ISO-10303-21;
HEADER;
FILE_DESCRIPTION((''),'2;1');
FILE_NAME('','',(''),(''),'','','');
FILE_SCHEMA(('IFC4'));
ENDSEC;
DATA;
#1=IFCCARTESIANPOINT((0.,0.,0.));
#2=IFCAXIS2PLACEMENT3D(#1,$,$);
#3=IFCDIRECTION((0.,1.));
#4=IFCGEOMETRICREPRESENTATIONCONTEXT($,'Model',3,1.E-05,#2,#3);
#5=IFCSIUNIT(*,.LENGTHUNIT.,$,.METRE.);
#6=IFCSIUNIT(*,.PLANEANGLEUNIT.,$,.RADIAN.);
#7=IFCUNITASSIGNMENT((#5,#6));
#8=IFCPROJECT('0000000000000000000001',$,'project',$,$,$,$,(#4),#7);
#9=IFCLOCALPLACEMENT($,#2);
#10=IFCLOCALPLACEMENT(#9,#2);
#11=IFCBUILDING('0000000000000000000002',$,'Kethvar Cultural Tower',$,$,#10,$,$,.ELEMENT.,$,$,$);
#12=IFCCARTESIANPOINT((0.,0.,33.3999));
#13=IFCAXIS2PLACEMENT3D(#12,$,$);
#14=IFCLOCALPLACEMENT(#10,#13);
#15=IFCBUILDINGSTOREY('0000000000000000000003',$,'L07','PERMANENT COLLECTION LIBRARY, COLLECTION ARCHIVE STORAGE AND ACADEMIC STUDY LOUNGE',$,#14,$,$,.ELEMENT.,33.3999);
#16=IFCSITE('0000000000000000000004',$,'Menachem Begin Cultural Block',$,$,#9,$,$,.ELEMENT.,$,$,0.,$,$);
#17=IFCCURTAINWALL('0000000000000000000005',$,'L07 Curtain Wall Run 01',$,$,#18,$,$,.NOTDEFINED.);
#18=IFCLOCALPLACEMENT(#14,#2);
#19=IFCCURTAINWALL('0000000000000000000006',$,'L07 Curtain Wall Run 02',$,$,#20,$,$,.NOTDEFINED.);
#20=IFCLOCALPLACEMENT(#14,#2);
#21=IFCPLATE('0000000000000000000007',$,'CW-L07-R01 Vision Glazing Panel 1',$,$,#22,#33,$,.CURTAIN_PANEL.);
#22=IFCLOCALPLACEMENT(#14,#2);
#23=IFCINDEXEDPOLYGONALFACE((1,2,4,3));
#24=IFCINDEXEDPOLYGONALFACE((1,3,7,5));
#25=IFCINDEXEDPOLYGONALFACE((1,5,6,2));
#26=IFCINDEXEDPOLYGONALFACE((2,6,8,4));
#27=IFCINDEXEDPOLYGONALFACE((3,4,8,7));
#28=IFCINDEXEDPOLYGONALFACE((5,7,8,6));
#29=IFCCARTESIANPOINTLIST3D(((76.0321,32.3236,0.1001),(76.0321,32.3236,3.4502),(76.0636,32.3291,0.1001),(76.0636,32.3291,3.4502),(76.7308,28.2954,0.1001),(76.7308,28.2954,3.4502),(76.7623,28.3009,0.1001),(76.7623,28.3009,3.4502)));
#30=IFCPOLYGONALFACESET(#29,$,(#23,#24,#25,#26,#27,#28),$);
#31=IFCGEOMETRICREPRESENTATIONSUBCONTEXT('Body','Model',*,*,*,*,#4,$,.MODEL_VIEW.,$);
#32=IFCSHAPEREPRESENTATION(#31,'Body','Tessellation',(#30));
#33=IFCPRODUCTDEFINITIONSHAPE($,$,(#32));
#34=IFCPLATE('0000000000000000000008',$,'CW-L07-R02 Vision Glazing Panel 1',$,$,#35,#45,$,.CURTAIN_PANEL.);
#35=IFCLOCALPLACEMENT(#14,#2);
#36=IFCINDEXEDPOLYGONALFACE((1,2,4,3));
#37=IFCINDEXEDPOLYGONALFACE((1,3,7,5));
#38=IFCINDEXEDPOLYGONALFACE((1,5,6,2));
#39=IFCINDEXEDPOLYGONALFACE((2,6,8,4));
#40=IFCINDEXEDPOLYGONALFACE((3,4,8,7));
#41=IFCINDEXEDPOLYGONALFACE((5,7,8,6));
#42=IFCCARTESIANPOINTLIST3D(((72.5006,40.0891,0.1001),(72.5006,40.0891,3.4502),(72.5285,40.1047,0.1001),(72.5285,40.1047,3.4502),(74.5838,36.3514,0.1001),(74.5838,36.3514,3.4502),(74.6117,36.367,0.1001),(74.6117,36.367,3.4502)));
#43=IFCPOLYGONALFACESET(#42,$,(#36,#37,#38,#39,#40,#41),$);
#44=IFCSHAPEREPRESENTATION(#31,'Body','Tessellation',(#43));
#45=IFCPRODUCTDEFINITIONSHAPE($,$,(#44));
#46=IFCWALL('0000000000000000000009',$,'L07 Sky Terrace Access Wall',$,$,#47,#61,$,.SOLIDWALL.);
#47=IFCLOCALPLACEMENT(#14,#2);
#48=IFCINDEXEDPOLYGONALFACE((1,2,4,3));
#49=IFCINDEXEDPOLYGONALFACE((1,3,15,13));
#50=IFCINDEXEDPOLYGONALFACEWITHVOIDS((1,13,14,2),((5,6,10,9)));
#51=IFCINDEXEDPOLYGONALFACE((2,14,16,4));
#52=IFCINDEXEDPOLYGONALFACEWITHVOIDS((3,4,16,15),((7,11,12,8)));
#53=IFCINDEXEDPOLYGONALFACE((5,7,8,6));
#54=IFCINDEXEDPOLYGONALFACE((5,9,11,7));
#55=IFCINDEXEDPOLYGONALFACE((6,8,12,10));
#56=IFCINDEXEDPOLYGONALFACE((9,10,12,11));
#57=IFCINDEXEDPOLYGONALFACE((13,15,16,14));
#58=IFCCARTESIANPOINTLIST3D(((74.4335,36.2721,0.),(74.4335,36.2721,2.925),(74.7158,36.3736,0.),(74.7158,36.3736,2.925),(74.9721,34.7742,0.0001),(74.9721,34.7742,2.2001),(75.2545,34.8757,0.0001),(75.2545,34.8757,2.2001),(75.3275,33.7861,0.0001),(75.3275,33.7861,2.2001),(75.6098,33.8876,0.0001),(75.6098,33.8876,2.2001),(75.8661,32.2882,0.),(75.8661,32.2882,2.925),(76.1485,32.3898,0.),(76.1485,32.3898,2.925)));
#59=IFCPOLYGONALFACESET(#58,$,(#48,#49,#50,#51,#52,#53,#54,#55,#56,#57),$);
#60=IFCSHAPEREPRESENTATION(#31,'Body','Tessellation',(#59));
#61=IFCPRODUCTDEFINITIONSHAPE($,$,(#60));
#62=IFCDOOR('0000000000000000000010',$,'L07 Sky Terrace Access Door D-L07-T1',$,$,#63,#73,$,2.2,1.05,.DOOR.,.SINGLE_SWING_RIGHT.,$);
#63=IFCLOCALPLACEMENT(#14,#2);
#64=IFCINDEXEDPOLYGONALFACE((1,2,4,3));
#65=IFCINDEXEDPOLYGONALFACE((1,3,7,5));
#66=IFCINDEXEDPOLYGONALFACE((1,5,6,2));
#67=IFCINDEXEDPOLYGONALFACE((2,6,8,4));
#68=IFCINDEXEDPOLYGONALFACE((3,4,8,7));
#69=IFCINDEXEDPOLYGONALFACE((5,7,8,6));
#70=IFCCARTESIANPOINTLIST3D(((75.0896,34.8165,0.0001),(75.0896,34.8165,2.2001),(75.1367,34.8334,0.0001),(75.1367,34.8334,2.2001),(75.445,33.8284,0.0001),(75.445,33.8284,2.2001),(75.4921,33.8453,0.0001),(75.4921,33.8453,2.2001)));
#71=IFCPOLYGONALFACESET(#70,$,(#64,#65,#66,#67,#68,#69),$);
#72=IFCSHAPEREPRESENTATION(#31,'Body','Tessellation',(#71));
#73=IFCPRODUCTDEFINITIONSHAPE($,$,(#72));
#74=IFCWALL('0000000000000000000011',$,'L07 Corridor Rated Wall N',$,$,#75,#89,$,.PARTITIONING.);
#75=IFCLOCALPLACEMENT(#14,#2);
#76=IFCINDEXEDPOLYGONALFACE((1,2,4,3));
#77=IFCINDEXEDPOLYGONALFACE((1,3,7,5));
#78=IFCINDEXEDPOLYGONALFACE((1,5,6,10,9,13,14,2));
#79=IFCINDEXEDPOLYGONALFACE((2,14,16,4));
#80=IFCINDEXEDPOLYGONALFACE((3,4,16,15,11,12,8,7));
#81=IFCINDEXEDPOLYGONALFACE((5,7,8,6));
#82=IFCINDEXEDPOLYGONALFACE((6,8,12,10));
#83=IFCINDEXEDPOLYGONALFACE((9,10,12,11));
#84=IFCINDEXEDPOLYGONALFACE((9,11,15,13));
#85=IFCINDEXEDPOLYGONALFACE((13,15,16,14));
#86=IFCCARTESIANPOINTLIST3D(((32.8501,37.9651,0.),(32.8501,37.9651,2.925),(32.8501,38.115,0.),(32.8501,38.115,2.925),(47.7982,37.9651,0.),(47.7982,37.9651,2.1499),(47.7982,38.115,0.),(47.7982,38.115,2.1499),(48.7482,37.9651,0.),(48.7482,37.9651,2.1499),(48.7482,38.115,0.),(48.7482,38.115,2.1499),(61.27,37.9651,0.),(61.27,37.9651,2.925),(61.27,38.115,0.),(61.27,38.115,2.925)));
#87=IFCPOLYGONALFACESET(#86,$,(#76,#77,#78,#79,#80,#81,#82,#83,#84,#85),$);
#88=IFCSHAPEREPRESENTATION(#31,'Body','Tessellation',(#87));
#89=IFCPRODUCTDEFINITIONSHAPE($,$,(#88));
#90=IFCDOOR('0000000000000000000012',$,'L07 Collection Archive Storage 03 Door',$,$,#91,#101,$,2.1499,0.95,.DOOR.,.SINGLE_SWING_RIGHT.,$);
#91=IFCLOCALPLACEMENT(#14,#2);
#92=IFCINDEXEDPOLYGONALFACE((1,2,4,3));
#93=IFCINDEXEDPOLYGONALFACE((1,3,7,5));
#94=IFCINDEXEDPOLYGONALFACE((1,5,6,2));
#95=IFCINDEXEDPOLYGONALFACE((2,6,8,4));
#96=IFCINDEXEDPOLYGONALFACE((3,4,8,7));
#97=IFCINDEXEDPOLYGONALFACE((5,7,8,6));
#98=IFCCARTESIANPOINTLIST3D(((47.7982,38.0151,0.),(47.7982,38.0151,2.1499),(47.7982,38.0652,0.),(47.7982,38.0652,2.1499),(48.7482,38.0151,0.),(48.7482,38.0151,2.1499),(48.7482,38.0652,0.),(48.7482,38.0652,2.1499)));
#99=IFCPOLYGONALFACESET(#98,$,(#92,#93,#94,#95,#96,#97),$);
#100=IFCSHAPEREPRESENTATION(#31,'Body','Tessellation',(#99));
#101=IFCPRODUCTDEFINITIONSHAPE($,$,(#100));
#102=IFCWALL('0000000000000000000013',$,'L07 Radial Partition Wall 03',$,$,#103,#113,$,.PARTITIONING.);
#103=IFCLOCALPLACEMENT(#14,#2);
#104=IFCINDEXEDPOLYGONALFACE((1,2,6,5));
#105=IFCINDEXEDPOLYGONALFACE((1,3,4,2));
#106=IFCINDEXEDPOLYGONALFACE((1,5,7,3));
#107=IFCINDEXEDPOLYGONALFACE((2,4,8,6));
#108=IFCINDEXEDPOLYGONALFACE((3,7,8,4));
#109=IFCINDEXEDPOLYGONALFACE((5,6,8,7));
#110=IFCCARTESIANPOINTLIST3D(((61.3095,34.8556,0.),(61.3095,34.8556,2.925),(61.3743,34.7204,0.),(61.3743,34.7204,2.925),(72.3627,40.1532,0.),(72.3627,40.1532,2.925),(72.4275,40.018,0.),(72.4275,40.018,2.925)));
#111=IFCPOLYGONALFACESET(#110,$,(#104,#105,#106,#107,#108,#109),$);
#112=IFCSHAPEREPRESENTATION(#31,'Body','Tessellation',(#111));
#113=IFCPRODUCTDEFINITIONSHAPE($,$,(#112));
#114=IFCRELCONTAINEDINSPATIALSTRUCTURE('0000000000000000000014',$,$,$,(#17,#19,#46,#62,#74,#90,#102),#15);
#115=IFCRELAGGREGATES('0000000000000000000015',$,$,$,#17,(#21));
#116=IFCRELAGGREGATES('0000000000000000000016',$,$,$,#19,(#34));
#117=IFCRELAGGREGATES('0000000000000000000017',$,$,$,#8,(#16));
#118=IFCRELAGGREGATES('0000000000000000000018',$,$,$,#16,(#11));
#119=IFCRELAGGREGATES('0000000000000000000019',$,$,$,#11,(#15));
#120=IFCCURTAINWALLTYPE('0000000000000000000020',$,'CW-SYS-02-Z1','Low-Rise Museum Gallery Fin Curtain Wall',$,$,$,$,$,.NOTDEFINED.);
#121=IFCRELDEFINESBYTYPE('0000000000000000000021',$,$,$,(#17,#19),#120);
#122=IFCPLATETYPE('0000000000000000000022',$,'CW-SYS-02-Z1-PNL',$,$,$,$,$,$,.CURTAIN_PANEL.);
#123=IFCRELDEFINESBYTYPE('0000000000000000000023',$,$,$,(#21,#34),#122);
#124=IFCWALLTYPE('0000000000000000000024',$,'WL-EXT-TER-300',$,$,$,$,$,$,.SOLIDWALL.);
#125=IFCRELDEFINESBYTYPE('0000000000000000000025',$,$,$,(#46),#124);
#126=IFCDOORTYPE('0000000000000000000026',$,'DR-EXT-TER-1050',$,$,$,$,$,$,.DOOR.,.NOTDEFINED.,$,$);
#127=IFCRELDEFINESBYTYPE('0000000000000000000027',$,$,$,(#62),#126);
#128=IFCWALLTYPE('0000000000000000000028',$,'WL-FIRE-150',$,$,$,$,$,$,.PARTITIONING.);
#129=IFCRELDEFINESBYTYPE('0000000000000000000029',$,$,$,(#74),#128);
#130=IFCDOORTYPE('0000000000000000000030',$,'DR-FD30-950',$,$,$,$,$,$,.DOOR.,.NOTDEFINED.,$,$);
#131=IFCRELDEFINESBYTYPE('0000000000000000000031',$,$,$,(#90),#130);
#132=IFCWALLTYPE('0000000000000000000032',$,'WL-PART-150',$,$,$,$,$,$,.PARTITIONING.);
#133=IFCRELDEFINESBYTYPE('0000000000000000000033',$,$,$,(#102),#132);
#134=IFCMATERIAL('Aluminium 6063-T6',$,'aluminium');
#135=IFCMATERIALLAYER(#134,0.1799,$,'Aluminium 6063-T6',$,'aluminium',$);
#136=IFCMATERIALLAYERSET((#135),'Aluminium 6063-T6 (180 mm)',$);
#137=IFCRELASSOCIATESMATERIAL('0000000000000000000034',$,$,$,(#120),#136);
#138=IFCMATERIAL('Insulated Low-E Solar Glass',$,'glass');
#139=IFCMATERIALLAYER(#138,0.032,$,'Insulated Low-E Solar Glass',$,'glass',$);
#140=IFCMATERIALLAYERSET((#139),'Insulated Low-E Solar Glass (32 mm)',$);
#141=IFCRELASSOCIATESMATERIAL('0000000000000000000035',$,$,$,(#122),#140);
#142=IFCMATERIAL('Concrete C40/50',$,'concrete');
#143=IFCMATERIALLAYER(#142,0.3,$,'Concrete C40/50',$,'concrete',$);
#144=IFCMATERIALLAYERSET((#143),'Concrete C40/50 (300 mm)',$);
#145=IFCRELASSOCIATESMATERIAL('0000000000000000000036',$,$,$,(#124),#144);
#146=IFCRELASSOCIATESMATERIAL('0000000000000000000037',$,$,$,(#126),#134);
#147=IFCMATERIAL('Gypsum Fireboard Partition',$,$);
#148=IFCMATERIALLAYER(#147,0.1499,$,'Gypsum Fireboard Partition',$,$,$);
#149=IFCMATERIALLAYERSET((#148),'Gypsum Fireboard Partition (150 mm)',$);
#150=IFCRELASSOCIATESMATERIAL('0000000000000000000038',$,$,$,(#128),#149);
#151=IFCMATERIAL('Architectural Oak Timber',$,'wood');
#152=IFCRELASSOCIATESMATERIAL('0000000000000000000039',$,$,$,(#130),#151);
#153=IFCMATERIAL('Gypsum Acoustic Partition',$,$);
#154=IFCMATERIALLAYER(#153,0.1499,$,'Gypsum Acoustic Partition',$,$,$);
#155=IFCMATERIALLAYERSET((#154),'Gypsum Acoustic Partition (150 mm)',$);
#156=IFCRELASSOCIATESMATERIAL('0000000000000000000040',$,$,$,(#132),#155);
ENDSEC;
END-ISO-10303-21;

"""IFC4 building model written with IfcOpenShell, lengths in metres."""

from ifc_helpers import new_model, si_unit, direction, frame, frame_2d, origin, origin_2d, place, context, subcontext, project, spatial, rectangle, extrude, source, transform, mapped, material, layer, layer_set, type_object, element, fill, aggregate, save


model = new_model("IFC4")

# Units and contexts
model_context = context("Model", 3, precision=1e-05, world=origin(), true_north=direction((0.0, 1.0)))
body_context = subcontext(model_context, "Body", "Model", "MODEL_VIEW")
ifc_project = project(units=[si_unit("LENGTHUNIT", "METRE"), si_unit("PLANEANGLEUNIT", "RADIAN")], contexts=[model_context])

# Site, building, storey
site_placement = place(None, origin())
site = spatial("IfcSite", under=ifc_project, at=site_placement, Name="Menachem Begin Cultural Block", CompositionType="ELEMENT", RefElevation=0.0)
building_placement = place(site_placement, origin())
building = spatial("IfcBuilding", under=site, at=building_placement, Name="Kethvar Cultural Tower", CompositionType="ELEMENT")
storey_placement = place(building_placement, frame((0.0, 0.0, 33.3999)))
storey = spatial("IfcBuildingStorey", under=building, at=storey_placement, Name="L07", Description="PERMANENT COLLECTION LIBRARY, COLLECTION ARCHIVE STORAGE AND ACADEMIC STUDY LOUNGE", CompositionType="ELEMENT", Elevation=33.3999)

# Curtain walls
ifc_material_1 = material(Name="Aluminium 6063-T6", Category="aluminium")
ifc_layer_1 = layer(ifc_material_1, 0.1799, Name="Aluminium 6063-T6", Category="aluminium")
ifc_layer_set_1 = layer_set([ifc_layer_1], Name="Aluminium 6063-T6 (180 mm)")
curtain_wall_type = type_object("IfcCurtainWallType", Name="CW-SYS-02-Z1", Description="Low-Rise Museum Gallery Fin Curtain Wall", PredefinedType="NOTDEFINED", material=ifc_layer_set_1)
curtain_wall_1_placement = place(storey_placement, origin())
curtain_wall_1 = element("IfcCurtainWall", 1, at=curtain_wall_1_placement, inside=storey, type_object=curtain_wall_type, Name="L07 Curtain Wall Run 01", PredefinedType="NOTDEFINED")
curtain_wall_2_placement = place(storey_placement, origin())
curtain_wall_2 = element("IfcCurtainWall", 2, at=curtain_wall_2_placement, inside=storey, type_object=curtain_wall_type, Name="L07 Curtain Wall Run 02", PredefinedType="NOTDEFINED")

# Plates
ifc_material_2 = material(Name="Insulated Low-E Solar Glass", Category="glass")
ifc_layer_2 = layer(ifc_material_2, 0.032, Name="Insulated Low-E Solar Glass", Category="glass")
ifc_layer_set_2 = layer_set([ifc_layer_2], Name="Insulated Low-E Solar Glass (32 mm)")
plate_type = type_object("IfcPlateType", Name="CW-SYS-02-Z1-PNL", PredefinedType="CURTAIN_PANEL", material=ifc_layer_set_2)
shared_shape_1 = source(origin(), body_context, "Body", "SweptSolid", [
    extrude(rectangle(XDim=4.0884, YDim=0.032, at=origin_2d()), origin(), (0.0, 0.0, 1.0), 3.3501),
])
plate_1_placement = place(storey_placement, frame((76.3972, 30.3123, 0.1001), z_axis=(0.0, 0.0, 1.0), x_axis=(-0.170897, 0.985289, 0.0)))
plate_1 = element("IfcPlate", 3, at=plate_1_placement, type_object=plate_type, Name="CW-L07-R01 Vision Glazing Panel 1", PredefinedType="CURTAIN_PANEL", context=body_context, shape_type="MappedRepresentation", body=[
    mapped(shared_shape_1, transform((0.0, 0.0, 0.0), scale=1.0)),
])
aggregate(curtain_wall_1, [plate_1])
shared_shape_2 = source(origin(), body_context, "Body", "SweptSolid", [
    extrude(rectangle(XDim=4.2791, YDim=0.032, at=origin_2d()), origin(), (0.0, 0.0, 1.0), 3.3501),
])
plate_2_placement = place(storey_placement, frame((73.5562, 38.228, 0.1001), z_axis=(0.0, 0.0, 1.0), x_axis=(-0.486839, 0.873492, 0.0)))
plate_2 = element("IfcPlate", 4, at=plate_2_placement, type_object=plate_type, Name="CW-L07-R02 Vision Glazing Panel 1", PredefinedType="CURTAIN_PANEL", context=body_context, shape_type="MappedRepresentation", body=[
    mapped(shared_shape_2, transform((0.0, 0.0, 0.0), scale=1.0)),
])
aggregate(curtain_wall_2, [plate_2])

# Walls, openings, doors
ifc_material_3 = material(Name="Concrete C40/50", Category="concrete")
ifc_layer_3 = layer(ifc_material_3, 0.3, Name="Concrete C40/50", Category="concrete")
ifc_layer_set_3 = layer_set([ifc_layer_3], Name="Concrete C40/50 (300 mm)")
wall_type_1 = type_object("IfcWallType", Name="WL-EXT-TER-300", PredefinedType="SOLIDWALL", material=ifc_layer_set_3)
wall_1_placement = place(storey_placement, frame((74.5747, 36.3228, 0.0), z_axis=(0.0, 0.0, 1.0), x_axis=(0.338389, -0.941006, 0.0)))
wall_1 = element("IfcWall", 5, at=wall_1_placement, inside=storey, type_object=wall_type_1, Name="L07 Sky Terrace Access Wall", PredefinedType="SOLIDWALL", context=body_context, shape_type="SweptSolid", body=[
    extrude(rectangle(XDim=4.2336, YDim=0.3, at=frame_2d((2.1167, 0.0))), origin(), (0.0, 0.0, 1.0), 2.925),
])
opening_1_placement = place(wall_1_placement, frame((1.5918, 0.0, 0.0)))
opening_1 = element("IfcOpeningElement", 6, at=opening_1_placement, cuts=wall_1, PredefinedType="OPENING", context=body_context, shape_type="SweptSolid", body=[
    extrude(rectangle(XDim=1.05, YDim=2.2, at=frame_2d((0.5249, 1.1001))), frame((0.0, 0.1599, 0.0), z_axis=(0.0, -1.0, 0.0), x_axis=(1.0, 0.0, 0.0)), (0.0, 0.0, 1.0), 0.3201),
])
door_type_1 = type_object("IfcDoorType", Name="DR-EXT-TER-1050", OperationType="NOTDEFINED", PredefinedType="DOOR", material=ifc_material_1)
shared_shape_3 = source(origin(), body_context, "Body", "SweptSolid", [
    extrude(rectangle(XDim=1.05, YDim=2.2, at=frame_2d((0.5249, 1.1001))), frame((0.0, 0.0249, 0.0), z_axis=(0.0, -1.0, 0.0), x_axis=(1.0, 0.0, 0.0)), (0.0, 0.0, 1.0), 0.05),
])
door_1_placement = place(opening_1_placement, origin())
door_1 = element("IfcDoor", 7, at=door_1_placement, inside=storey, type_object=door_type_1, Name="L07 Sky Terrace Access Door D-L07-T1", OperationType="SINGLE_SWING_RIGHT", OverallHeight=2.2, OverallWidth=1.05, PredefinedType="DOOR", context=body_context, shape_type="MappedRepresentation", body=[
    mapped(shared_shape_3, transform((0.0, 0.0, 0.0), scale=1.0)),
])
fill(opening_1, door_1)
ifc_material_4 = material(Name="Gypsum Fireboard Partition")
ifc_layer_4 = layer(ifc_material_4, 0.1499, Name="Gypsum Fireboard Partition")
ifc_layer_set_4 = layer_set([ifc_layer_4], Name="Gypsum Fireboard Partition (150 mm)")
wall_type_2 = type_object("IfcWallType", Name="WL-FIRE-150", PredefinedType="PARTITIONING", material=ifc_layer_set_4)
wall_2_placement = place(storey_placement, frame((61.27, 38.04, 0.0), z_axis=(0.0, 0.0, 1.0), x_axis=(-1.0, 0.0, 0.0)))
wall_2 = element("IfcWall", 8, at=wall_2_placement, inside=storey, type_object=wall_type_2, Name="L07 Corridor Rated Wall N", PredefinedType="PARTITIONING", context=body_context, shape_type="SweptSolid", body=[
    extrude(rectangle(XDim=28.4199, YDim=0.1499, at=frame_2d((14.21, 0.0))), origin(), (0.0, 0.0, 1.0), 2.925),
])
opening_2_placement = place(wall_2_placement, frame((12.5217, 0.0, 0.0)))
opening_2 = element("IfcOpeningElement", 9, at=opening_2_placement, cuts=wall_2, PredefinedType="OPENING", context=body_context, shape_type="SweptSolid", body=[
    extrude(rectangle(XDim=0.95, YDim=2.1499, at=frame_2d((0.4751, 1.075))), frame((0.0, 0.085, 0.0), z_axis=(0.0, -1.0, 0.0), x_axis=(1.0, 0.0, 0.0)), (0.0, 0.0, 1.0), 0.1699),
])
ifc_material_5 = material(Name="Architectural Oak Timber", Category="wood")
door_type_2 = type_object("IfcDoorType", Name="DR-FD30-950", OperationType="NOTDEFINED", PredefinedType="DOOR", material=ifc_material_5)
shared_shape_4 = source(origin(), body_context, "Body", "SweptSolid", [
    extrude(rectangle(XDim=0.95, YDim=2.1499, at=frame_2d((0.4751, 1.075))), frame((0.0, 0.0249, 0.0), z_axis=(0.0, -1.0, 0.0), x_axis=(1.0, 0.0, 0.0)), (0.0, 0.0, 1.0), 0.05),
])
door_2_placement = place(opening_2_placement, origin())
door_2 = element("IfcDoor", 10, at=door_2_placement, inside=storey, type_object=door_type_2, Name="L07 Collection Archive Storage 03 Door", OperationType="SINGLE_SWING_RIGHT", OverallHeight=2.1499, OverallWidth=0.95, PredefinedType="DOOR", context=body_context, shape_type="MappedRepresentation", body=[
    mapped(shared_shape_4, transform((0.0, 0.0, 0.0), scale=1.0)),
])
fill(opening_2, door_2)

# Wall
ifc_material_6 = material(Name="Gypsum Acoustic Partition")
ifc_layer_5 = layer(ifc_material_6, 0.1499, Name="Gypsum Acoustic Partition")
ifc_layer_set_5 = layer_set([ifc_layer_5], Name="Gypsum Acoustic Partition (150 mm)")
wall_type_3 = type_object("IfcWallType", Name="WL-PART-150", PredefinedType="PARTITIONING", material=ifc_layer_set_5)
wall_3_placement = place(storey_placement, frame((61.342, 34.7881, 0.0), z_axis=(0.0, 0.0, 1.0), x_axis=(0.901776, 0.432205, 0.0)))
element("IfcWall", 11, at=wall_3_placement, inside=storey, type_object=wall_type_3, Name="L07 Radial Partition Wall 03", PredefinedType="PARTITIONING", context=body_context, shape_type="SweptSolid", body=[
    extrude(rectangle(XDim=12.2571, YDim=0.1499, at=frame_2d((6.1284, 0.0))), origin(), (0.0, 0.0, 1.0), 2.925),
])

save(model, "model.ifc")
